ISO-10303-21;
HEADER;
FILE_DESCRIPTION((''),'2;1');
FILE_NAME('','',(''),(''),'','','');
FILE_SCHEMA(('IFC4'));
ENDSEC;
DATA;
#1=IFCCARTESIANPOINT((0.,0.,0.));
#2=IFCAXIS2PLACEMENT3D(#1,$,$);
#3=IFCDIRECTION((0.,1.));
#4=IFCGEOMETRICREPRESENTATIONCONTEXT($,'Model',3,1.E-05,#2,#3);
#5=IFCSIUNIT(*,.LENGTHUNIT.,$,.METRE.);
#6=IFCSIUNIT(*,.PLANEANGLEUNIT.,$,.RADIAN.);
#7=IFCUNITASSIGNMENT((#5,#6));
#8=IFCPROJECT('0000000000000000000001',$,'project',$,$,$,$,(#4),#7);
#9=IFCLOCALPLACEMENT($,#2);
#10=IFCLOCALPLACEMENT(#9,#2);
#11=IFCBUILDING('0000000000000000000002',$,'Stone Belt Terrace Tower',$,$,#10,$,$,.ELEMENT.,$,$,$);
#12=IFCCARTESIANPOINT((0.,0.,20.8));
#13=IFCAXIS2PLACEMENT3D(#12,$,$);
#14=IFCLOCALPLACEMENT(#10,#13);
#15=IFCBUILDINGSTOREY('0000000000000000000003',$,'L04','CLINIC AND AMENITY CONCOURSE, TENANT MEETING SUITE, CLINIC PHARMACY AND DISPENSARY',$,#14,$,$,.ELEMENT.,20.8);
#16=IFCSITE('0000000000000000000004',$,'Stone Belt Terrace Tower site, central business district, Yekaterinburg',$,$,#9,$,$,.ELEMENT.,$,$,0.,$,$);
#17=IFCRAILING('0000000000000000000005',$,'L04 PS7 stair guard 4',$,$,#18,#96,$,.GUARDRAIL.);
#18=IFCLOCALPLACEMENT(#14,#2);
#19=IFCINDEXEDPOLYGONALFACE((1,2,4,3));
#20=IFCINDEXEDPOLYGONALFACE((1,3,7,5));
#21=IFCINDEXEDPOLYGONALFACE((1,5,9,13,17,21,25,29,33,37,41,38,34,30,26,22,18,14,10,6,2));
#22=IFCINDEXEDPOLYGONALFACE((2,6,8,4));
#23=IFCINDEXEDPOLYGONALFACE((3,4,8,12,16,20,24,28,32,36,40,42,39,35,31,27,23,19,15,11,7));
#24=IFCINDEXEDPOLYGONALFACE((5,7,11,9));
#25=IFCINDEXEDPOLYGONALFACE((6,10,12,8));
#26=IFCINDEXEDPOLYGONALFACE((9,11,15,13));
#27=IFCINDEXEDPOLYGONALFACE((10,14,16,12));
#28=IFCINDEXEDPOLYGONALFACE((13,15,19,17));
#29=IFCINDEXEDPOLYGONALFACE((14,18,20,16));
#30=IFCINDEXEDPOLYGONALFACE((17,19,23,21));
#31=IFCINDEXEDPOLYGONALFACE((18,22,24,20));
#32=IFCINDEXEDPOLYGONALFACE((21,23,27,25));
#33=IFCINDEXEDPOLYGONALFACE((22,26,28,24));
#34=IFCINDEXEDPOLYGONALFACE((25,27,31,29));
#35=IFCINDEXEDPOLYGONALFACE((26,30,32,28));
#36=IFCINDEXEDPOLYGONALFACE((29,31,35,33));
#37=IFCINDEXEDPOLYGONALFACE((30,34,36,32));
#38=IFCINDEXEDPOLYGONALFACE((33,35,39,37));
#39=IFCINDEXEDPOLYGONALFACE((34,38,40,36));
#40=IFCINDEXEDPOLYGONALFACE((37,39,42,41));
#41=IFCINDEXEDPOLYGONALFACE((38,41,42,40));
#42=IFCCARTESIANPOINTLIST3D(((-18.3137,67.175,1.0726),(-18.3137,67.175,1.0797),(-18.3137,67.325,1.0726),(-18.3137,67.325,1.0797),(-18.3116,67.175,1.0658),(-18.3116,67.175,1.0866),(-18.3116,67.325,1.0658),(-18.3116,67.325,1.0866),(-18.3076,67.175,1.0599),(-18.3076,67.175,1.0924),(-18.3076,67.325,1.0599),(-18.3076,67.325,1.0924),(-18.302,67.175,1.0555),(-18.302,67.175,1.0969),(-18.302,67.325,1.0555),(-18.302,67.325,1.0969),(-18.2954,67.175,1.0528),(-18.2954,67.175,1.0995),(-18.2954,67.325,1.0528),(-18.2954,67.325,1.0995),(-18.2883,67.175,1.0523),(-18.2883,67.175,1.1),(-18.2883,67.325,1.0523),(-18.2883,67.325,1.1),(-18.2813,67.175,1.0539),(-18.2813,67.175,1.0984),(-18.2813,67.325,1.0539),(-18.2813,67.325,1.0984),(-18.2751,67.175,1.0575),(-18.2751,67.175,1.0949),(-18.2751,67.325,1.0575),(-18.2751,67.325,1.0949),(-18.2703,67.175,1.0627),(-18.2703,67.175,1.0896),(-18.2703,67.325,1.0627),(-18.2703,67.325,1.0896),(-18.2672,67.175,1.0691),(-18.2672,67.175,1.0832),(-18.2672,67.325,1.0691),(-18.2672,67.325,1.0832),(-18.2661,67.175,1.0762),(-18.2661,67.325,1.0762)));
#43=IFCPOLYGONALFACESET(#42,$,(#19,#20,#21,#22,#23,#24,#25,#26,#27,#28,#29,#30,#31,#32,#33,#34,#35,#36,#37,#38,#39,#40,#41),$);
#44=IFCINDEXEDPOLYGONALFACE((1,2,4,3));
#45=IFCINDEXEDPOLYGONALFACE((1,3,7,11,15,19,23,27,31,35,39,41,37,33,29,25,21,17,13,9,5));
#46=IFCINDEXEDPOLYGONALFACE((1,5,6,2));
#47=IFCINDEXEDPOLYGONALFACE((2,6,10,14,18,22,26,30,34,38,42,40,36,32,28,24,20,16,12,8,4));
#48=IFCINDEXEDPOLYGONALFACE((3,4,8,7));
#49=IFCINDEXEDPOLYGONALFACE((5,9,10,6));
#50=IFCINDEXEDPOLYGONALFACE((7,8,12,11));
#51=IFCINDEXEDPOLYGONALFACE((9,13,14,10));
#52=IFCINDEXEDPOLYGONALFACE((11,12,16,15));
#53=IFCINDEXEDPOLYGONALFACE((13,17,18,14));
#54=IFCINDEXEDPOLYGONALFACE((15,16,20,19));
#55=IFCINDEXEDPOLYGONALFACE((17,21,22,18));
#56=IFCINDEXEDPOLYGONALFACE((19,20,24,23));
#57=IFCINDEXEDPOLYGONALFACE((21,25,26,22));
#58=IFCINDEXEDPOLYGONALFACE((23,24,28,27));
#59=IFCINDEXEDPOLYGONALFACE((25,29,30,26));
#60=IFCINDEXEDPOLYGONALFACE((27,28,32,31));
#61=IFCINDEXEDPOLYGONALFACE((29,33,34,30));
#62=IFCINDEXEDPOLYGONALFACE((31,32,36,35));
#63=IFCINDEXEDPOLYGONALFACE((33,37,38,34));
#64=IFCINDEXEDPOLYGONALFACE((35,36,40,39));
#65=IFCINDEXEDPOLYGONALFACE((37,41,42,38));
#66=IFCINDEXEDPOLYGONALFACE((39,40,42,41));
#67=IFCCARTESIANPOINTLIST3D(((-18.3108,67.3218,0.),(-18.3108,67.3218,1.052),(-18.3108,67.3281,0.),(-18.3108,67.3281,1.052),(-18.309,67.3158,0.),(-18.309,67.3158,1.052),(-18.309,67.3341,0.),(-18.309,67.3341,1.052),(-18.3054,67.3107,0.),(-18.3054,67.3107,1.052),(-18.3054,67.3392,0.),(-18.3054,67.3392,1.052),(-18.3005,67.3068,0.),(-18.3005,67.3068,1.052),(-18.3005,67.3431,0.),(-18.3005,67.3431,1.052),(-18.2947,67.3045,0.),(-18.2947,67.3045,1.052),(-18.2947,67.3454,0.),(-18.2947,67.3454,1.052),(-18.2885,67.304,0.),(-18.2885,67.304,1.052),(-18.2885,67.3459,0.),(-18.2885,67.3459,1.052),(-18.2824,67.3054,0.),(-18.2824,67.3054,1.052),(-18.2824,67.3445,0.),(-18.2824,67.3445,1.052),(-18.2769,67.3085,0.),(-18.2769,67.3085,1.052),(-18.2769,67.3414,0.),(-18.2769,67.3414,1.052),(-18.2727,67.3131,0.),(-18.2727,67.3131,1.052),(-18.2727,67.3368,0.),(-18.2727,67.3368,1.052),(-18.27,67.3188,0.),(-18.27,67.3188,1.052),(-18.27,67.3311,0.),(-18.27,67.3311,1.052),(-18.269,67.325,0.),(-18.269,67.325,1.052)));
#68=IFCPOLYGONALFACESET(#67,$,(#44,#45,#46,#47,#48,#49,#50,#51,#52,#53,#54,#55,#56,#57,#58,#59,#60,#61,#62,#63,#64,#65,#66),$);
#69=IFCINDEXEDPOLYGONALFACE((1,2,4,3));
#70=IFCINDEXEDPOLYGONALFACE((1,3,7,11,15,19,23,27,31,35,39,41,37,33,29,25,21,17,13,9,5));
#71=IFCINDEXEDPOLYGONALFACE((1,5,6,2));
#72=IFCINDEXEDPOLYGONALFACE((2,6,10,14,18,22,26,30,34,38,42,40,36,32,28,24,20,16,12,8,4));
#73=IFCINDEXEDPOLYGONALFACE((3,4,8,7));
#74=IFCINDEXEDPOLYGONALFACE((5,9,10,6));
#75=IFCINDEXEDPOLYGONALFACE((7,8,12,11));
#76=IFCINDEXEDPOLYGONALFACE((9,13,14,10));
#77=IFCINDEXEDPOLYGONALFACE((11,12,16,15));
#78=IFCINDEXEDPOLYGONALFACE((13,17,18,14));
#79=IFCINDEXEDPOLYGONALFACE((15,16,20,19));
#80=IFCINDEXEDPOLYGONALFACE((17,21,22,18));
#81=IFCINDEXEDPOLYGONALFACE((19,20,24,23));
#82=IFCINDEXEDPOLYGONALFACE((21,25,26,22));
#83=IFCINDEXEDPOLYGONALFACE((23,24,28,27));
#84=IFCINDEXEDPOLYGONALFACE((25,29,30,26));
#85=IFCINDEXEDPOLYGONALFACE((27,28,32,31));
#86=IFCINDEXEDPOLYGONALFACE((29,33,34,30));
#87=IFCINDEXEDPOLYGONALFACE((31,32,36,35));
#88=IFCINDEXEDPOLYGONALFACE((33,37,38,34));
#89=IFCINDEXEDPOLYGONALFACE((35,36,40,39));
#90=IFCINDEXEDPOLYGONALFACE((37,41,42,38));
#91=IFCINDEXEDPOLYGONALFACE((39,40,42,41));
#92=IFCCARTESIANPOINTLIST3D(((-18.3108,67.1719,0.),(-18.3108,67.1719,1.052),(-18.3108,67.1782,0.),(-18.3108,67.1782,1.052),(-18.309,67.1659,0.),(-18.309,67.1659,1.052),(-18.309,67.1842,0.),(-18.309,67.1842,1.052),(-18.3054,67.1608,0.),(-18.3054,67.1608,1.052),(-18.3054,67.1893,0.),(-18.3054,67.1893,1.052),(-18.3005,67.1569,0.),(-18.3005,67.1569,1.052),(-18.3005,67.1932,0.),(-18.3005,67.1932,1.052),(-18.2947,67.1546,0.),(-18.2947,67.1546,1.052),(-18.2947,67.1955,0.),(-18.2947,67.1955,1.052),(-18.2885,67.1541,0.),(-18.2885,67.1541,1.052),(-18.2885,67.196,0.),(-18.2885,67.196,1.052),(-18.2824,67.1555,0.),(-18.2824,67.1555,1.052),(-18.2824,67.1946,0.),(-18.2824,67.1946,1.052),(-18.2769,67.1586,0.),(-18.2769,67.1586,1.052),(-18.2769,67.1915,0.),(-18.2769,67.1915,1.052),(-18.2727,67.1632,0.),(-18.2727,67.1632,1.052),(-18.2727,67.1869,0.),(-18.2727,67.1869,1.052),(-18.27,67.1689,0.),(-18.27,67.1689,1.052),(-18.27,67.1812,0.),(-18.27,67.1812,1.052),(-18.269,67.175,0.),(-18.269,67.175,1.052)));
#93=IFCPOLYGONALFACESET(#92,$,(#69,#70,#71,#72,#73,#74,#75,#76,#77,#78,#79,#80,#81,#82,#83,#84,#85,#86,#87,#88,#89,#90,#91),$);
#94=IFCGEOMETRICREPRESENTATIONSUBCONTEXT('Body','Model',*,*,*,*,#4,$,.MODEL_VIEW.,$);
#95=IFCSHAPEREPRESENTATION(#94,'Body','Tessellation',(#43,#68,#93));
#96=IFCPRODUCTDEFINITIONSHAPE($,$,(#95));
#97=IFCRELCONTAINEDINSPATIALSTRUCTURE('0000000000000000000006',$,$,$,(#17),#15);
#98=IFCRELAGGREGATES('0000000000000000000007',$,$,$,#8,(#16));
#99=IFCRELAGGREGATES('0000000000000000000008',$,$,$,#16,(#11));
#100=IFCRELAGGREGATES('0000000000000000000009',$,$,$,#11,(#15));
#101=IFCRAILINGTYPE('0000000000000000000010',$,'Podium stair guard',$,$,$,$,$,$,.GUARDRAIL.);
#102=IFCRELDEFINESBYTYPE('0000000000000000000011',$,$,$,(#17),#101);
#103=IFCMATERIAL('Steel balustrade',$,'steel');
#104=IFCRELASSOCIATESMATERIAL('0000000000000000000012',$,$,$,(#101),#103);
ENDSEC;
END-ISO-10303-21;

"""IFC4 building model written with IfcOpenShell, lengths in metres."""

from ifc_helpers import new_model, si_unit, direction, frame, origin, origin_2d, place, context, subcontext, project, spatial, circle, extrude, material, type_object, element, save


model = new_model("IFC4")

# Units and contexts
model_context = context("Model", 3, precision=1e-05, world=origin(), true_north=direction((0.0, 1.0)))
body_context = subcontext(model_context, "Body", "Model", "MODEL_VIEW")
ifc_project = project(units=[si_unit("LENGTHUNIT", "METRE"), si_unit("PLANEANGLEUNIT", "RADIAN")], contexts=[model_context])

# Site, building, storey
site_placement = place(None, origin())
site = spatial("IfcSite", under=ifc_project, at=site_placement, Name="Stone Belt Terrace Tower site, central business district, Yekaterinburg", CompositionType="ELEMENT", RefElevation=0.0)
building_placement = place(site_placement, origin())
building = spatial("IfcBuilding", under=site, at=building_placement, Name="Stone Belt Terrace Tower", CompositionType="ELEMENT")
storey_placement = place(building_placement, frame((0.0, 0.0, 20.8)))
storey = spatial("IfcBuildingStorey", under=building, at=storey_placement, Name="L04", Description="CLINIC AND AMENITY CONCOURSE, TENANT MEETING SUITE, CLINIC PHARMACY AND DISPENSARY", CompositionType="ELEMENT", Elevation=20.8)

# Railing
ifc_material_1 = material(Name="Steel balustrade", Category="steel")
railing_type_1 = type_object("IfcRailingType", Name="Podium stair guard", PredefinedType="GUARDRAIL", material=ifc_material_1)
railing_1_placement = place(storey_placement, frame((-18.29, 67.325, 0.0)))
element("IfcRailing", 1, at=railing_1_placement, inside=storey, type_object=railing_type_1, Name="L04 PS7 stair guard 4", PredefinedType="GUARDRAIL", context=body_context, shape_type="SweptSolid", body=[
    extrude(circle(Radius=0.0239, at=origin_2d()), frame((0.0, 0.0, 1.0762), z_axis=(0.0, -1.0, 0.0), x_axis=(1.0, 0.0, 0.0)), (0.0, 0.0, 1.0), 0.1499),
    extrude(circle(Radius=0.021, at=origin_2d()), origin(), (0.0, 0.0, 1.0), 1.052),
    extrude(circle(Radius=0.021, at=origin_2d()), frame((0.0, -0.1499, 0.0)), (0.0, 0.0, 1.0), 1.052),
])

save(model, "model.ifc")
